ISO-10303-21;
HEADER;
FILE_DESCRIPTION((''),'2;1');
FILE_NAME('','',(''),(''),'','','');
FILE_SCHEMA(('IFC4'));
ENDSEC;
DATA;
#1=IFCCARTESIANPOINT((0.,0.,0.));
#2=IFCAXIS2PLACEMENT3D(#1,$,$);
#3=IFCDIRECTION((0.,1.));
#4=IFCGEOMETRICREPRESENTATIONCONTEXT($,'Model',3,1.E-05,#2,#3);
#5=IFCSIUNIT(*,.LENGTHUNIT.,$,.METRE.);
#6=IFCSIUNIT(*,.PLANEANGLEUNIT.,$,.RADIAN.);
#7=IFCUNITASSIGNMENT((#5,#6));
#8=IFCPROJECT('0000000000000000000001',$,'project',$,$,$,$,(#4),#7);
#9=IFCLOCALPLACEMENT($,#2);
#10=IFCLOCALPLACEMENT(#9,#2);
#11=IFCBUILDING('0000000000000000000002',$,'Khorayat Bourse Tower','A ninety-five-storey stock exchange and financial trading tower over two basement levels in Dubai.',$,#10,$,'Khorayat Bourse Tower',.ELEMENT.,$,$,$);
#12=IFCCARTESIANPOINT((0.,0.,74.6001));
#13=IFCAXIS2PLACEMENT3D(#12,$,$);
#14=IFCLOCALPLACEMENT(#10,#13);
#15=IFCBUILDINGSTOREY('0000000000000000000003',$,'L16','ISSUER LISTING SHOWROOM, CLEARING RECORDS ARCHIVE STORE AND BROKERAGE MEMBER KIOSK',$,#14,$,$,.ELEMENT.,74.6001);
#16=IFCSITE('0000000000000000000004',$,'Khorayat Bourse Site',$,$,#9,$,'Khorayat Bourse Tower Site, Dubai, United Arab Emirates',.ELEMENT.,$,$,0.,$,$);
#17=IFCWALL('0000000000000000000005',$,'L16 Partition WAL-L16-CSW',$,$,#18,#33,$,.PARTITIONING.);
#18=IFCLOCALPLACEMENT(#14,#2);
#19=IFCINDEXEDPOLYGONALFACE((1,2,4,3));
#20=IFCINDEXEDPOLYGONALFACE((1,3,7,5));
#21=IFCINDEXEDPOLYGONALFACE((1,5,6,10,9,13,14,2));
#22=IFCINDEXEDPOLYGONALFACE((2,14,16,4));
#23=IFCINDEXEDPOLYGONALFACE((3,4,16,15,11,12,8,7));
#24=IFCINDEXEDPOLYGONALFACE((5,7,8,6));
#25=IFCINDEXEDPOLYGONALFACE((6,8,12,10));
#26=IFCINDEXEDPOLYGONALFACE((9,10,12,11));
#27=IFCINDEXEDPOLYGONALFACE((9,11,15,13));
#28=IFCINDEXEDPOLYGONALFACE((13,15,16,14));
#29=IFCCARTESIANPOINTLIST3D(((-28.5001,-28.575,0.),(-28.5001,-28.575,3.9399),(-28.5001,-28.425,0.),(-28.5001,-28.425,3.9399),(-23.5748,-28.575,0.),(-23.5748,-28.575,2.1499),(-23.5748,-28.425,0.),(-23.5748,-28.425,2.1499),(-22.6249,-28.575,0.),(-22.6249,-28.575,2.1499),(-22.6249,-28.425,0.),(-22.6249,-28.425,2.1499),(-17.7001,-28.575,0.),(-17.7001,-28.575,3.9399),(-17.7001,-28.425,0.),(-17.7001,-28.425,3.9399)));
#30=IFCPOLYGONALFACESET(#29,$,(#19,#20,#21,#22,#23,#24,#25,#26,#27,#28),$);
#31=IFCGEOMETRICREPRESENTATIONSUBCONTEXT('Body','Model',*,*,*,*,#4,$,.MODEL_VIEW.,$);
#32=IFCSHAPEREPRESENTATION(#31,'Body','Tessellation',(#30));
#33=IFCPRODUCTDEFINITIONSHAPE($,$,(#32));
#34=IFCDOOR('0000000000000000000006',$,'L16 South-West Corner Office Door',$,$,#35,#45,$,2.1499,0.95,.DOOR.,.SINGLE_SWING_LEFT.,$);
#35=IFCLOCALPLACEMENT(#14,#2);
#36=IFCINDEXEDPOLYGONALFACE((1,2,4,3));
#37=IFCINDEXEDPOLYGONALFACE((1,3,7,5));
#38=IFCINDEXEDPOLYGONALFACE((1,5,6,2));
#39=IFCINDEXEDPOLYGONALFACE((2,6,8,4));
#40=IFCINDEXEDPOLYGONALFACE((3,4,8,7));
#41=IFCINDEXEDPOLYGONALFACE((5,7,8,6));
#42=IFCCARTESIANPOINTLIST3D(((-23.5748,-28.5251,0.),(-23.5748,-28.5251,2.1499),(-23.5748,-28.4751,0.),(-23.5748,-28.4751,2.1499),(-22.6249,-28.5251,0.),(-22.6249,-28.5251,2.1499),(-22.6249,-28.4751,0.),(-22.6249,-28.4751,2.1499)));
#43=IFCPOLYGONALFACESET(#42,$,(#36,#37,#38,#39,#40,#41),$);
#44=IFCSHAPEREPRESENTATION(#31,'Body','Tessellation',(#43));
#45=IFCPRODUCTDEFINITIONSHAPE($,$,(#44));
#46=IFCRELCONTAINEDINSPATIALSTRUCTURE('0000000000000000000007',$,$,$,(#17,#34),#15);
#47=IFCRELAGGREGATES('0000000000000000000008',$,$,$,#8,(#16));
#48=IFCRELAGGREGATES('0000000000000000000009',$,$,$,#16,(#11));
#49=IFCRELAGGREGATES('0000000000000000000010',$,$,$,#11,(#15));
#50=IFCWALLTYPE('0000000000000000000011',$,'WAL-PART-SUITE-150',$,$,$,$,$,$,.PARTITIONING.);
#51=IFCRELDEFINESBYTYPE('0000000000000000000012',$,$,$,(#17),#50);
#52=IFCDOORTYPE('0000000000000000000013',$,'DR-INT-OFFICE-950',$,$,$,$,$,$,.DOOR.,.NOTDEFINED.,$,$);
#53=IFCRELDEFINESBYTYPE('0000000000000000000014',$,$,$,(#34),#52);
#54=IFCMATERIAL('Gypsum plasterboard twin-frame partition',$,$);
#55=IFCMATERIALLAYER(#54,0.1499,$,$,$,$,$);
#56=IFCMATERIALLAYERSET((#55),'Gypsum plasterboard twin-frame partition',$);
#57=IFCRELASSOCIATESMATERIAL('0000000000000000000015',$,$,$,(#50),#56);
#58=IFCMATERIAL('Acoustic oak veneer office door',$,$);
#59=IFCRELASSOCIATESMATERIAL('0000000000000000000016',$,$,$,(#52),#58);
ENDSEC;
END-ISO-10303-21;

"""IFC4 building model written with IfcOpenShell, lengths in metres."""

from ifc_helpers import new_model, si_unit, direction, frame, frame_2d, origin, place, context, subcontext, project, spatial, rectangle, extrude, source, transform, mapped, material, layer, layer_set, type_object, element, fill, save


model = new_model("IFC4")

# Units and contexts
model_context = context("Model", 3, precision=1e-05, world=origin(), true_north=direction((0.0, 1.0)))
body_context = subcontext(model_context, "Body", "Model", "MODEL_VIEW")
ifc_project = project(units=[si_unit("LENGTHUNIT", "METRE"), si_unit("PLANEANGLEUNIT", "RADIAN")], contexts=[model_context])

# Site, building, storey
site_placement = place(None, origin())
site = spatial("IfcSite", under=ifc_project, at=site_placement, Name="Khorayat Bourse Site", LongName="Khorayat Bourse Tower Site, Dubai, United Arab Emirates", CompositionType="ELEMENT", RefElevation=0.0)
building_placement = place(site_placement, origin())
building = spatial("IfcBuilding", under=site, at=building_placement, Name="Khorayat Bourse Tower", Description="A ninety-five-storey stock exchange and financial trading tower over two basement levels in Dubai.", LongName="Khorayat Bourse Tower", CompositionType="ELEMENT")
storey_placement = place(building_placement, frame((0.0, 0.0, 74.6001)))
storey = spatial("IfcBuildingStorey", under=building, at=storey_placement, Name="L16", Description="ISSUER LISTING SHOWROOM, CLEARING RECORDS ARCHIVE STORE AND BROKERAGE MEMBER KIOSK", CompositionType="ELEMENT", Elevation=74.6001)

# Wall, opening, door
ifc_material_1 = material(Name="Gypsum plasterboard twin-frame partition")
ifc_layer_1 = layer(ifc_material_1, 0.1499)
ifc_layer_set_1 = layer_set([ifc_layer_1], Name="Gypsum plasterboard twin-frame partition")
wall_type_1 = type_object("IfcWallType", Name="WAL-PART-SUITE-150", PredefinedType="PARTITIONING", material=ifc_layer_set_1)
shared_shape_1 = source(origin(), body_context, "Body", "SweptSolid", [
    extrude(rectangle(XDim=10.8, YDim=0.1499, at=frame_2d((5.3999, 0.0))), origin(), (0.0, 0.0, 1.0), 3.9399),
])
wall_1_placement = place(storey_placement, frame((-28.5, -28.5, 0.0), z_axis=(0.0, 0.0, 1.0), x_axis=(1.0, 0.0, 0.0)))
wall_1 = element("IfcWall", 1, at=wall_1_placement, inside=storey, type_object=wall_type_1, Name="L16 Partition WAL-L16-CSW", PredefinedType="PARTITIONING", context=body_context, shape_type="MappedRepresentation", body=[
    mapped(shared_shape_1, transform((0.0, 0.0, 0.0), scale=1.0)),
])
shared_shape_2 = source(origin(), body_context, "Body", "SweptSolid", [
    extrude(rectangle(XDim=0.95, YDim=2.1499, at=frame_2d((0.4751, 1.075))), frame((0.0, 0.085, 0.0), z_axis=(0.0, -1.0, 0.0), x_axis=(1.0, 0.0, 0.0)), (0.0, 0.0, 1.0), 0.1699),
])
opening_1_placement = place(wall_1_placement, frame((4.925, 0.0, 0.0)))
opening_1 = element("IfcOpeningElement", 2, at=opening_1_placement, cuts=wall_1, PredefinedType="OPENING", context=body_context, shape_type="MappedRepresentation", body=[
    mapped(shared_shape_2, transform((0.0, 0.0, 0.0), scale=1.0)),
])
ifc_material_2 = material(Name="Acoustic oak veneer office door")
door_type = type_object("IfcDoorType", Name="DR-INT-OFFICE-950", OperationType="NOTDEFINED", PredefinedType="DOOR", material=ifc_material_2)
shared_shape_3 = source(origin(), body_context, "Body", "SweptSolid", [
    extrude(rectangle(XDim=0.95, YDim=2.1499, at=frame_2d((0.4751, 1.075))), frame((0.0, 0.0249, 0.0), z_axis=(0.0, -1.0, 0.0), x_axis=(1.0, 0.0, 0.0)), (0.0, 0.0, 1.0), 0.05),
])
door_placement = place(opening_1_placement, origin())
door = element("IfcDoor", 3, at=door_placement, inside=storey, type_object=door_type, Name="L16 South-West Corner Office Door", OperationType="SINGLE_SWING_LEFT", OverallHeight=2.1499, OverallWidth=0.95, PredefinedType="DOOR", context=body_context, shape_type="MappedRepresentation", body=[
    mapped(shared_shape_3, transform((0.0, 0.0, 0.0), scale=1.0)),
])
fill(opening_1, door)

save(model, "model.ifc")
